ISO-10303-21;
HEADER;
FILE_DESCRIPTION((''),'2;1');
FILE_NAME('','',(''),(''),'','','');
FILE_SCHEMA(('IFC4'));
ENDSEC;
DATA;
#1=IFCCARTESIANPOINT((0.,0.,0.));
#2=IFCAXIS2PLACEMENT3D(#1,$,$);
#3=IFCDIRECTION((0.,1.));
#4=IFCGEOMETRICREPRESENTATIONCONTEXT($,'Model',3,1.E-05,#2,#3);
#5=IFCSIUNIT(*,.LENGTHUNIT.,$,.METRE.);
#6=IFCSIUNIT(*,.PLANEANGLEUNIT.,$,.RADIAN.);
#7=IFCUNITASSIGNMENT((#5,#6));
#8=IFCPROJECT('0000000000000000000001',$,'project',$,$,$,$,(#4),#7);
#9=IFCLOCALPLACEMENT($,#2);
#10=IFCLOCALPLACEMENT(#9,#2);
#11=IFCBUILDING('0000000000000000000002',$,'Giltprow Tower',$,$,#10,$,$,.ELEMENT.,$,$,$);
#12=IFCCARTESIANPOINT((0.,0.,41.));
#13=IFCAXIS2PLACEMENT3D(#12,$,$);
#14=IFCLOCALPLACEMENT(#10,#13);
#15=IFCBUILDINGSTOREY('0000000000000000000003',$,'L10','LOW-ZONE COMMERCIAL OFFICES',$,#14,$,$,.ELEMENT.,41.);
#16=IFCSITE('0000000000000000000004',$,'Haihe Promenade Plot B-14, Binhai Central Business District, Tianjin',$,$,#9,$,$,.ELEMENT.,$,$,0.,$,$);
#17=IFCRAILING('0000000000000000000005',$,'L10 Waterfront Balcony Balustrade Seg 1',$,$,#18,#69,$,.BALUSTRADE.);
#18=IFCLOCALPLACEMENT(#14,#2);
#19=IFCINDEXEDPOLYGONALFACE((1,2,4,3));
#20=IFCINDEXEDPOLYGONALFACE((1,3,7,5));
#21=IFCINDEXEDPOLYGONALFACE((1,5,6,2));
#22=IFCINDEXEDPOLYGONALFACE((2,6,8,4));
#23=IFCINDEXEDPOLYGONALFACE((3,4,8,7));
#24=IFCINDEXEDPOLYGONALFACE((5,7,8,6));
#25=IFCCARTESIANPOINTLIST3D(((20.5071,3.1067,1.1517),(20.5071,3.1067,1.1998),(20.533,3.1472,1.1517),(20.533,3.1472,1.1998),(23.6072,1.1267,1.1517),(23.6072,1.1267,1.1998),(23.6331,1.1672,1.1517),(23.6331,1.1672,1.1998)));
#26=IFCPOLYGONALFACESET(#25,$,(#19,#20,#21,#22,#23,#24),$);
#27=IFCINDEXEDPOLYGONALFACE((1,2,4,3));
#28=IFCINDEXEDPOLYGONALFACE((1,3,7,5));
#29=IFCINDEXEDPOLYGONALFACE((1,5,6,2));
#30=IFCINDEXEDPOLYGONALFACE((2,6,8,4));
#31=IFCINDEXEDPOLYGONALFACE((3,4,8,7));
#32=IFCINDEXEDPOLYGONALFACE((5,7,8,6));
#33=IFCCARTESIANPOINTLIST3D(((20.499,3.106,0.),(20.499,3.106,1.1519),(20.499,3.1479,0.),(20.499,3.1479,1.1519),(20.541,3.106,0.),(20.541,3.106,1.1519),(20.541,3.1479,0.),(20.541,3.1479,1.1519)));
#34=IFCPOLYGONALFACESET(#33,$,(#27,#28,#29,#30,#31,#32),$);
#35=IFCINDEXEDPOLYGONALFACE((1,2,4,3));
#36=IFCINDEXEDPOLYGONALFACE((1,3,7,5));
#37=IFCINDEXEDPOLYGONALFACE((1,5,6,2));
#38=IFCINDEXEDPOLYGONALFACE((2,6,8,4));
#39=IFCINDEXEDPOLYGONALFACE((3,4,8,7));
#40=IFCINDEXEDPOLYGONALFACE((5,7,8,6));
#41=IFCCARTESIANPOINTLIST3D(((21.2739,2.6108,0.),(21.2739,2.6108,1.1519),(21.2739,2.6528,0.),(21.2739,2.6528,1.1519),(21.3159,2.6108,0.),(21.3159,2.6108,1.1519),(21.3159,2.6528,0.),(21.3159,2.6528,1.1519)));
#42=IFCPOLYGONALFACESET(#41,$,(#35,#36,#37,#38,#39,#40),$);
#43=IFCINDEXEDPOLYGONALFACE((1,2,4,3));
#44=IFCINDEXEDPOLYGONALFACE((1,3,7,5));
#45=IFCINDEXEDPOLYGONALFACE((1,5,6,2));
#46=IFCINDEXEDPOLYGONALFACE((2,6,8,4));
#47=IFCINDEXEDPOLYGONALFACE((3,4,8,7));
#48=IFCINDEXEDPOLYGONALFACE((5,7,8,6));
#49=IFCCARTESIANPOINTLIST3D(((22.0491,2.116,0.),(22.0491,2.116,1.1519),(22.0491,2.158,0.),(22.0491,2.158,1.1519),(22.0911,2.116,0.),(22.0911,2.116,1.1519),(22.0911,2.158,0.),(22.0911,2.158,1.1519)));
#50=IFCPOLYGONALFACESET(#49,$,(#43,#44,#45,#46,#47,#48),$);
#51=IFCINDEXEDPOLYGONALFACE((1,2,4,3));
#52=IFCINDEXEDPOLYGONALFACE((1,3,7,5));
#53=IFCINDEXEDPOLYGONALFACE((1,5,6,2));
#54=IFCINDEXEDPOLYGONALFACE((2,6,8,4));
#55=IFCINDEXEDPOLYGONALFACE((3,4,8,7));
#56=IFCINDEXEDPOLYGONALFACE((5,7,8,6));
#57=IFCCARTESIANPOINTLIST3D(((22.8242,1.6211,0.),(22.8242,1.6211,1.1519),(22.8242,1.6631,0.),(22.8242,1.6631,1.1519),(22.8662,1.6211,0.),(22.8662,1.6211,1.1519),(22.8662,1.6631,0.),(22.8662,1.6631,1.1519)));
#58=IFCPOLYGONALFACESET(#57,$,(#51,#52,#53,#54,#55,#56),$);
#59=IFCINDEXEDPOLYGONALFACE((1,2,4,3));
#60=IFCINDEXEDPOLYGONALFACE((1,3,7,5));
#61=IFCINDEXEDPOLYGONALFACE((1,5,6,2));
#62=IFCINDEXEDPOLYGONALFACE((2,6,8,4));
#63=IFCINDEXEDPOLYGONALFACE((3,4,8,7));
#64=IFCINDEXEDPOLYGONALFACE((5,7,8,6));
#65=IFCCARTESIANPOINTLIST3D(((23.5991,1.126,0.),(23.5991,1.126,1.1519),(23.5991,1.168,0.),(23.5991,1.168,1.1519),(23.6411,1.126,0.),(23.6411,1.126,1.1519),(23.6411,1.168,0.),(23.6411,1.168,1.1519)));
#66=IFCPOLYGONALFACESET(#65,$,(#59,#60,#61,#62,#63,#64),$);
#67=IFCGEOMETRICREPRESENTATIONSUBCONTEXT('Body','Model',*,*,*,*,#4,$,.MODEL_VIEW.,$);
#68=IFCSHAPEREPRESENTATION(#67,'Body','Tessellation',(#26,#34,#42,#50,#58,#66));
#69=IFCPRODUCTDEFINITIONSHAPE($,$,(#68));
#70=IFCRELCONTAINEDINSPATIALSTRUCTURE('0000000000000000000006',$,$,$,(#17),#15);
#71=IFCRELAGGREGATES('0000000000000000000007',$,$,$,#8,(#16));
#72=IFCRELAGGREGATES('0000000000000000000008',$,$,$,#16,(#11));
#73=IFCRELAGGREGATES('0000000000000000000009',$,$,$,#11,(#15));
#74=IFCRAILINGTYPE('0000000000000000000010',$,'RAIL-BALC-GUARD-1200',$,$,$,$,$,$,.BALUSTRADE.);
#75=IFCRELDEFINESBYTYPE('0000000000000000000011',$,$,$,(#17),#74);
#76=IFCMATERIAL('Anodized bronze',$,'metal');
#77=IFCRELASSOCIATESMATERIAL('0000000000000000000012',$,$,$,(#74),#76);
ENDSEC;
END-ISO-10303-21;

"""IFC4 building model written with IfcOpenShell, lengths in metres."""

from ifc_helpers import new_model, si_unit, direction, frame, origin, origin_2d, place, context, subcontext, project, spatial, rectangle, extrude, material, type_object, element, save


model = new_model("IFC4")

# Units and contexts
model_context = context("Model", 3, precision=1e-05, world=origin(), true_north=direction((0.0, 1.0)))
body_context = subcontext(model_context, "Body", "Model", "MODEL_VIEW")
ifc_project = project(units=[si_unit("LENGTHUNIT", "METRE"), si_unit("PLANEANGLEUNIT", "RADIAN")], contexts=[model_context])

# Site, building, storey
site_placement = place(None, origin())
site = spatial("IfcSite", under=ifc_project, at=site_placement, Name="Haihe Promenade Plot B-14, Binhai Central Business District, Tianjin", CompositionType="ELEMENT", RefElevation=0.0)
building_placement = place(site_placement, origin())
building = spatial("IfcBuilding", under=site, at=building_placement, Name="Giltprow Tower", CompositionType="ELEMENT")
storey_placement = place(building_placement, frame((0.0, 0.0, 41.0)))
storey = spatial("IfcBuildingStorey", under=building, at=storey_placement, Name="L10", Description="LOW-ZONE COMMERCIAL OFFICES", CompositionType="ELEMENT", Elevation=41.0)

# Shared definitions
ifc_material_1 = material(Name="Anodized bronze", Category="metal")

# Railing
railing_type = type_object("IfcRailingType", Name="RAIL-BALC-GUARD-1200", PredefinedType="BALUSTRADE", material=ifc_material_1)
railing_1_placement = place(storey_placement, frame((20.52, 3.127, 0.0)))
element("IfcRailing", 1, at=railing_1_placement, inside=storey, type_object=railing_type, Name="L10 Waterfront Balcony Balustrade Seg 1", PredefinedType="BALUSTRADE", context=body_context, shape_type="SweptSolid", body=[
    extrude(rectangle(XDim=0.0481, YDim=0.0481, at=origin_2d()), frame((0.0, 0.0, 1.1758), z_axis=(0.842775, -0.538266, 0.0), x_axis=(0.538266, 0.842775, 0.0)), (0.0, 0.0, 1.0), 3.6785),
    extrude(rectangle(XDim=0.042, YDim=0.042, at=origin_2d()), origin(), (0.0, 0.0, 1.0), 1.1519),
    extrude(rectangle(XDim=0.042, YDim=0.042, at=origin_2d()), frame((0.7749, -0.4951, 0.0)), (0.0, 0.0, 1.0), 1.1519),
    extrude(rectangle(XDim=0.042, YDim=0.042, at=origin_2d()), frame((1.55, -0.99, 0.0)), (0.0, 0.0, 1.0), 1.1519),
    extrude(rectangle(XDim=0.042, YDim=0.042, at=origin_2d()), frame((2.3252, -1.4849, 0.0)), (0.0, 0.0, 1.0), 1.1519),
    extrude(rectangle(XDim=0.042, YDim=0.042, at=origin_2d()), frame((3.1001, -1.98, 0.0)), (0.0, 0.0, 1.0), 1.1519),
])

save(model, "model.ifc")
